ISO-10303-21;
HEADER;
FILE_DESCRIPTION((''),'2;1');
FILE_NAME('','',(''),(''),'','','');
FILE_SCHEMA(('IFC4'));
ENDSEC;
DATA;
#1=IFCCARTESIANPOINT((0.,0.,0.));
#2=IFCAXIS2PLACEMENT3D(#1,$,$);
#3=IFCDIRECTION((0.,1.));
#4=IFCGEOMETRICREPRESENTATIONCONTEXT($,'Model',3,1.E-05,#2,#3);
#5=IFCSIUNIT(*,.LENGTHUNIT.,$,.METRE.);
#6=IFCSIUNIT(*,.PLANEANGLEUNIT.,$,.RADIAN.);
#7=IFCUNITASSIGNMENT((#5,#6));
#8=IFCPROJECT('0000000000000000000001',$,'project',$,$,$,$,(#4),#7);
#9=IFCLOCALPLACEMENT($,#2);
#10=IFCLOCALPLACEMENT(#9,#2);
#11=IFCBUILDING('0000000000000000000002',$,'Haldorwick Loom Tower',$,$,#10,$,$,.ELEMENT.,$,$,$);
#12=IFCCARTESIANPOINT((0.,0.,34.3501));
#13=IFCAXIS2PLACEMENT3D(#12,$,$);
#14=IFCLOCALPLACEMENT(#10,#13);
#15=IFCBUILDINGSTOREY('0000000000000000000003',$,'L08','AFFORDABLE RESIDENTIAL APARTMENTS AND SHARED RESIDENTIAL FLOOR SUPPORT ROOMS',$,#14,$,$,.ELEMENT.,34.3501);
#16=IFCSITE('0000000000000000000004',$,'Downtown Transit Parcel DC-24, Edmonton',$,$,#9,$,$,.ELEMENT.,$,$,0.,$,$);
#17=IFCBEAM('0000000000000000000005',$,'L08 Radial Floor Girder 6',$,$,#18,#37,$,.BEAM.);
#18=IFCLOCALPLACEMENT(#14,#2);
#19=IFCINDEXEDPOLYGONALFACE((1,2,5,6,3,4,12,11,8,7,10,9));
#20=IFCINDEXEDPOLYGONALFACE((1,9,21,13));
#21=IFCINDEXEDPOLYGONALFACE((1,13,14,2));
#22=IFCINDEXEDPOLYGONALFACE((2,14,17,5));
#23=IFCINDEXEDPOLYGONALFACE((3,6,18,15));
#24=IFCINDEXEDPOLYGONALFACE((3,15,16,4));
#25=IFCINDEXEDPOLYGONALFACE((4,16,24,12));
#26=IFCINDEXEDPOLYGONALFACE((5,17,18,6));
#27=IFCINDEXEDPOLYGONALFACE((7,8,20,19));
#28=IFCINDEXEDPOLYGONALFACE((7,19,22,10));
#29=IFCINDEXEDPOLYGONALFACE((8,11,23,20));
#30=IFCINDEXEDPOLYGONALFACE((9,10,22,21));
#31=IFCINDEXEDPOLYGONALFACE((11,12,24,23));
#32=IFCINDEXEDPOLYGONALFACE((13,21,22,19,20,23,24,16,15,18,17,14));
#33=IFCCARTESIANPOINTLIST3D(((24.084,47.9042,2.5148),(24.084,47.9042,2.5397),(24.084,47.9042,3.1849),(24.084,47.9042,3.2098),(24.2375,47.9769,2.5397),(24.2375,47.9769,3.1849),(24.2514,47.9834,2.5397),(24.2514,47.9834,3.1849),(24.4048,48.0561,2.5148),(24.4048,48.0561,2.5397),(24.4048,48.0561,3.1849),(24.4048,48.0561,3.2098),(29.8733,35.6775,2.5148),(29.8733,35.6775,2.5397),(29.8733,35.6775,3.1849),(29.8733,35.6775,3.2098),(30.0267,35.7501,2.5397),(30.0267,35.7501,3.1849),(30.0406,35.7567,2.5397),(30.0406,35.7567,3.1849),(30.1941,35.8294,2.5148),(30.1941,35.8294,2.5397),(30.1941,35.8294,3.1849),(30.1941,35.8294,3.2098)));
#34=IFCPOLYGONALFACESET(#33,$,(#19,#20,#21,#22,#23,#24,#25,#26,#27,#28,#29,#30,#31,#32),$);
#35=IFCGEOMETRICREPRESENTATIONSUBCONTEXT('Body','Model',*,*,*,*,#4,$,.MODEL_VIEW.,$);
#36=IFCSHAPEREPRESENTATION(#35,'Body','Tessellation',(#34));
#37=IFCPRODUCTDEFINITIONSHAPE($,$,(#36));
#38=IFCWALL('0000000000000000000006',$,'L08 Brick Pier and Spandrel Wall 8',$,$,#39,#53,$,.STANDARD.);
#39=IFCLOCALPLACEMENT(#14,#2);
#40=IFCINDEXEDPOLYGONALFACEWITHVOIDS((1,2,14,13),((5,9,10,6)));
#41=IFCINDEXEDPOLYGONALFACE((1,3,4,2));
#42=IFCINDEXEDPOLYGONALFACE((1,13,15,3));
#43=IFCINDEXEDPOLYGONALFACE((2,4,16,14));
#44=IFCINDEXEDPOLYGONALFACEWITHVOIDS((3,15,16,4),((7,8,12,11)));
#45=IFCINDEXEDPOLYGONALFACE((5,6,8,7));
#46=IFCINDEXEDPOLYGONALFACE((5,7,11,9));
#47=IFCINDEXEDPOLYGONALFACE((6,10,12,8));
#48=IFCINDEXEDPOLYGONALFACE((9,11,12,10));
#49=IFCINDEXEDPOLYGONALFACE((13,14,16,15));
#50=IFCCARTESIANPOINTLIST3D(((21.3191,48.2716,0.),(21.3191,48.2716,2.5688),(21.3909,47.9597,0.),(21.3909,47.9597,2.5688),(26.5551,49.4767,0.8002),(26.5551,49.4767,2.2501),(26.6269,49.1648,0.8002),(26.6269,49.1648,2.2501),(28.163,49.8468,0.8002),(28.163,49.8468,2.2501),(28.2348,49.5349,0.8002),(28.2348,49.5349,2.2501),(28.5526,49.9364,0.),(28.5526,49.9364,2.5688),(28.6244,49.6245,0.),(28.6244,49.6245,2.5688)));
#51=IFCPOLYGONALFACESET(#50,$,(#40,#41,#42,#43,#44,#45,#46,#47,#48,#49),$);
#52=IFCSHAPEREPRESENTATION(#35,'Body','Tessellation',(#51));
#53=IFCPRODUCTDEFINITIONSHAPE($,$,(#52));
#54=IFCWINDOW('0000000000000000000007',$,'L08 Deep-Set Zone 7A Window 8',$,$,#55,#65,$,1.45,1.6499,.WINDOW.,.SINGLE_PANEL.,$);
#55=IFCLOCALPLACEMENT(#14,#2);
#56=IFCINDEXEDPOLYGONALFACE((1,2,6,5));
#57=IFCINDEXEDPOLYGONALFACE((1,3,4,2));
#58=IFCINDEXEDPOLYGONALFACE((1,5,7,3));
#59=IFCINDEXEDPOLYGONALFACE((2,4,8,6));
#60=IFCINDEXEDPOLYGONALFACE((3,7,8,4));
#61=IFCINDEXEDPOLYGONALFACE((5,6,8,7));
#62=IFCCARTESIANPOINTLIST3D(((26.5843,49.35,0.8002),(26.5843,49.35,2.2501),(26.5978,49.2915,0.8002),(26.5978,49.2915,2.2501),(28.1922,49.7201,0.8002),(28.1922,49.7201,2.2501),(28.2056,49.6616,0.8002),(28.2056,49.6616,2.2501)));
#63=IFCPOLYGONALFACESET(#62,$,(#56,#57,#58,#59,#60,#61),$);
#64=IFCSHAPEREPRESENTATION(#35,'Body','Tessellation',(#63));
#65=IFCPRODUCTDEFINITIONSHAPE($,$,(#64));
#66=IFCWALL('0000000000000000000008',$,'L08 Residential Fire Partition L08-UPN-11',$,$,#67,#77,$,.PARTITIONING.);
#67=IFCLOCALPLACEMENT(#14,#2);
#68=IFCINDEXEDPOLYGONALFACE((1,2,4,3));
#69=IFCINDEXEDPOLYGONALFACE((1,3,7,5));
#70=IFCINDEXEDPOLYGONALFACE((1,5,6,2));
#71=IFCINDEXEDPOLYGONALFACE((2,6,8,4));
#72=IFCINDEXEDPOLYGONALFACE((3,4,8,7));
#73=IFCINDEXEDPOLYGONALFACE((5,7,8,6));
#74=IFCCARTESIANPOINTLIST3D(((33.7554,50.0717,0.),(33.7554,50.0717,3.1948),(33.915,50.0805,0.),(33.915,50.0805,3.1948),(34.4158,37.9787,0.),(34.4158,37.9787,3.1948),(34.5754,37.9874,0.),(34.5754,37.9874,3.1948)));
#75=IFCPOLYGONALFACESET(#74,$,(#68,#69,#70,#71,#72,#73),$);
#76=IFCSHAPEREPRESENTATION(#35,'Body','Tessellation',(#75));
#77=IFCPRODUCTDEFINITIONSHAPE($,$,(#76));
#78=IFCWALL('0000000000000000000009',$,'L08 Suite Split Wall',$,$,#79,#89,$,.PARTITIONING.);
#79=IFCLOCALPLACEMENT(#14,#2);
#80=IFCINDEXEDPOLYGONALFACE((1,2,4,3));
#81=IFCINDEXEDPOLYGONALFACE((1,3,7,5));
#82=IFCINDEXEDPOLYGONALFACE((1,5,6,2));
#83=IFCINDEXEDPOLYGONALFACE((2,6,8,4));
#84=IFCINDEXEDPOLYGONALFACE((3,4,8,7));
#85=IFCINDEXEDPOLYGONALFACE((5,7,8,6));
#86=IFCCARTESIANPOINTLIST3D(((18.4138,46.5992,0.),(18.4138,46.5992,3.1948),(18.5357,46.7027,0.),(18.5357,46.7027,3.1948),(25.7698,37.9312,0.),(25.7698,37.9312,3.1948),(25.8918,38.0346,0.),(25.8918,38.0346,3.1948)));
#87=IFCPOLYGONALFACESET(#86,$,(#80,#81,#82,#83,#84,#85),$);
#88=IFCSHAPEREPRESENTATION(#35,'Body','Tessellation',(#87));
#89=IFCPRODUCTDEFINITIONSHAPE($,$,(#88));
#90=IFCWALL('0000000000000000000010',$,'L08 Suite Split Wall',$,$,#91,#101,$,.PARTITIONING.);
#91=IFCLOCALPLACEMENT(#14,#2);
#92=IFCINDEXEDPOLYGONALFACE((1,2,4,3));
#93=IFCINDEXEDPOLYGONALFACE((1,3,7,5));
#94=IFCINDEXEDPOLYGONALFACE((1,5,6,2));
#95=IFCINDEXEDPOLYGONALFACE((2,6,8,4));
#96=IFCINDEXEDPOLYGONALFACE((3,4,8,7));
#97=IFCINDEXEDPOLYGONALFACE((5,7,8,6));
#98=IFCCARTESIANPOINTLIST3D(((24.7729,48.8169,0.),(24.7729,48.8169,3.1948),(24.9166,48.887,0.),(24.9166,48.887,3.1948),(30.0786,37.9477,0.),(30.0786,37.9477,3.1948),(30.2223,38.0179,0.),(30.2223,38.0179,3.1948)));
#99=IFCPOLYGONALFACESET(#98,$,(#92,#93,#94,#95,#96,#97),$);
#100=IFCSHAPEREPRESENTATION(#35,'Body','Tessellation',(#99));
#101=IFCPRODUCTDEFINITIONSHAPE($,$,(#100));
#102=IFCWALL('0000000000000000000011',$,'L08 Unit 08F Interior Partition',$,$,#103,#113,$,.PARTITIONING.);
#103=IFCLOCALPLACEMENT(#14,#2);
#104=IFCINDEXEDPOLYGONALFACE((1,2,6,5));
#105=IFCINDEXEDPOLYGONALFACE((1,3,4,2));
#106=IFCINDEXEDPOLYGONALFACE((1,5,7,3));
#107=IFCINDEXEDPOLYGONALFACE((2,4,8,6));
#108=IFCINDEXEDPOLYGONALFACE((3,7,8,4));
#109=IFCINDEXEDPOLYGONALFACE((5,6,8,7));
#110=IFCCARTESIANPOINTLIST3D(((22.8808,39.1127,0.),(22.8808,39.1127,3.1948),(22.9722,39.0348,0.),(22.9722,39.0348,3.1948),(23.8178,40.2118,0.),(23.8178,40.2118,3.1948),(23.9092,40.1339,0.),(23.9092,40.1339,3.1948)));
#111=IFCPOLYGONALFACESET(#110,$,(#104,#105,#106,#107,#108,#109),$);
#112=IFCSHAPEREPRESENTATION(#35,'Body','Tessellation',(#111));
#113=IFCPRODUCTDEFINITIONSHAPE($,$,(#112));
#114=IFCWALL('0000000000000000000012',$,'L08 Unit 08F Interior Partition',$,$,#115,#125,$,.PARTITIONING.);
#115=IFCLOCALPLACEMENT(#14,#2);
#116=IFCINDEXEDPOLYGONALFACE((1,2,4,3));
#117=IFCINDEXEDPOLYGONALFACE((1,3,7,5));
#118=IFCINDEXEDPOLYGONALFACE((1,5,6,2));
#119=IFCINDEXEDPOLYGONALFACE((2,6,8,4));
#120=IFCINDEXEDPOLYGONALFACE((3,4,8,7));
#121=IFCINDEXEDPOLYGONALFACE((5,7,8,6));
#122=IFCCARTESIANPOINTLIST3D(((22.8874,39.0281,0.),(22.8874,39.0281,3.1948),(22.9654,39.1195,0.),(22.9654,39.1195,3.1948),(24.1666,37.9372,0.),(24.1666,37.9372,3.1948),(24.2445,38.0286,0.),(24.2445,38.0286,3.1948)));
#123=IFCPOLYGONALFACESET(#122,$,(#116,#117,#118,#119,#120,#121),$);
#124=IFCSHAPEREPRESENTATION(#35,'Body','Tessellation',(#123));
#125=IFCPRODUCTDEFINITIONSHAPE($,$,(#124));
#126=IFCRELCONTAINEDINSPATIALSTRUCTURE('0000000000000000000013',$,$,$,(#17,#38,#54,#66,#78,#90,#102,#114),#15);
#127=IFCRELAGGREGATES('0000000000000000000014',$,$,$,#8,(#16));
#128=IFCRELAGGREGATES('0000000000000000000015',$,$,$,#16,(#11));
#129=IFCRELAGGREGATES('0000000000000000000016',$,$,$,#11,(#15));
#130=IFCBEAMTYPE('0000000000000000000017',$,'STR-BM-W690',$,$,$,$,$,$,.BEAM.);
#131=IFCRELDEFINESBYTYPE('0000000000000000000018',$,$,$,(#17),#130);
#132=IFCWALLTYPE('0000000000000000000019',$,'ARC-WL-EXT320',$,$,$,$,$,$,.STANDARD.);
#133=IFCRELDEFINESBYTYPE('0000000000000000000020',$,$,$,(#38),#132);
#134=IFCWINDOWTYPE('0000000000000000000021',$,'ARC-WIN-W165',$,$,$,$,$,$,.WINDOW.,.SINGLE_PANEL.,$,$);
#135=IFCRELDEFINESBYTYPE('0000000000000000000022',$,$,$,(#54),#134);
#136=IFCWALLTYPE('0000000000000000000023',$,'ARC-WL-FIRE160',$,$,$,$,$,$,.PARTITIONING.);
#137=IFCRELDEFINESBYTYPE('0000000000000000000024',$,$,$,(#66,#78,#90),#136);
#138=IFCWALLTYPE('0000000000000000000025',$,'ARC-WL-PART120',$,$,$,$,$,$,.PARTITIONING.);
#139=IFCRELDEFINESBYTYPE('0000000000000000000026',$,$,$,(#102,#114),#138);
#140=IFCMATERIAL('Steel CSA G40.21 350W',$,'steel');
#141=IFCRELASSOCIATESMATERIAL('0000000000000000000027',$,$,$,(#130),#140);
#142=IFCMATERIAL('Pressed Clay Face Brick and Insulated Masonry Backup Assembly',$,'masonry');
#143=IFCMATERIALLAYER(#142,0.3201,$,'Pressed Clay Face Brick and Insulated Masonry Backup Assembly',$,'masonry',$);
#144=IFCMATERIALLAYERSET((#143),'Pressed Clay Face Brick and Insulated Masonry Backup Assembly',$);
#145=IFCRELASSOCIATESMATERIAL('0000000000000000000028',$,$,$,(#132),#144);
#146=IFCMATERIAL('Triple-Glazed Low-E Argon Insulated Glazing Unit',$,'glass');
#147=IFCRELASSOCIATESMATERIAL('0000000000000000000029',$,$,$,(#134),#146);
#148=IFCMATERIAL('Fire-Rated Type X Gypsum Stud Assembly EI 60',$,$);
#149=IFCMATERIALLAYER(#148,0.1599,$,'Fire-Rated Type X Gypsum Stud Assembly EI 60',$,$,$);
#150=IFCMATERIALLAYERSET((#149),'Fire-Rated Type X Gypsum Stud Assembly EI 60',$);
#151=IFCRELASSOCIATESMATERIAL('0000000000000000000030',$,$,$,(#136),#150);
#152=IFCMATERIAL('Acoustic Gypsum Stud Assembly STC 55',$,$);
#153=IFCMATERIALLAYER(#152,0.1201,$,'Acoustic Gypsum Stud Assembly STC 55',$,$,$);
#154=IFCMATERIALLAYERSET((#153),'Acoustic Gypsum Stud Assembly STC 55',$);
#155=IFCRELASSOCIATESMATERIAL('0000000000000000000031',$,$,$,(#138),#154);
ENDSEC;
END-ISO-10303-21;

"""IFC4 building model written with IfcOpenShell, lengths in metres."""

from ifc_helpers import new_model, si_unit, direction, frame, frame_2d, origin, origin_2d, place, context, subcontext, project, spatial, rectangle, i_section, extrude, material, layer, layer_set, material_profile, profile_set, type_object, element, fill, save


model = new_model("IFC4")

# Units and contexts
model_context = context("Model", 3, precision=1e-05, world=origin(), true_north=direction((0.0, 1.0)))
body_context = subcontext(model_context, "Body", "Model", "MODEL_VIEW")
ifc_project = project(units=[si_unit("LENGTHUNIT", "METRE"), si_unit("PLANEANGLEUNIT", "RADIAN")], contexts=[model_context])

# Site, building, storey
site_placement = place(None, origin())
site = spatial("IfcSite", under=ifc_project, at=site_placement, Name="Downtown Transit Parcel DC-24, Edmonton", CompositionType="ELEMENT", RefElevation=0.0)
building_placement = place(site_placement, origin())
building = spatial("IfcBuilding", under=site, at=building_placement, Name="Haldorwick Loom Tower", CompositionType="ELEMENT")
storey_placement = place(building_placement, frame((0.0, 0.0, 34.3501)))
storey = spatial("IfcBuildingStorey", under=building, at=storey_placement, Name="L08", Description="AFFORDABLE RESIDENTIAL APARTMENTS AND SHARED RESIDENTIAL FLOOR SUPPORT ROOMS", CompositionType="ELEMENT", Elevation=34.3501)

# Beam
ifc_material_1 = material(Name="Steel CSA G40.21 350W", Category="steel")
ifc_material_profile_1 = material_profile(ifc_material_1, i_section(OverallWidth=0.355, OverallDepth=0.6951, WebThickness=0.0154, FlangeThickness=0.0249, at=origin_2d()), Name="W690X217", Category="steel")
ifc_profile_set_1 = profile_set([ifc_material_profile_1], Name="Steel CSA G40.21 350W")
beam_type_1 = type_object("IfcBeamType", Name="STR-BM-W690", PredefinedType="BEAM", material=ifc_profile_set_1)
beam_1_placement = place(storey_placement, frame((30.0337, 35.7534, 2.8623), z_axis=(-0.427945, 0.903805, 0.0), x_axis=(-0.903805, -0.427945, 0.0)))
element("IfcBeam", 1, at=beam_1_placement, inside=storey, type_object=beam_type_1, Name="L08 Radial Floor Girder 6", PredefinedType="BEAM", context=body_context, shape_type="SweptSolid", body=[
    extrude(i_section(OverallWidth=0.355, OverallDepth=0.6951, WebThickness=0.0154, FlangeThickness=0.0249, at=origin_2d()), origin(), (0.0, 0.0, 1.0), 13.5281),
])

# Wall, opening, window
ifc_material_2 = material(Name="Pressed Clay Face Brick and Insulated Masonry Backup Assembly", Category="masonry")
ifc_layer_1 = layer(ifc_material_2, 0.3201, Name="Pressed Clay Face Brick and Insulated Masonry Backup Assembly", Category="masonry")
ifc_layer_set_1 = layer_set([ifc_layer_1], Name="Pressed Clay Face Brick and Insulated Masonry Backup Assembly")
wall_type_1 = type_object("IfcWallType", Name="ARC-WL-EXT320", PredefinedType="STANDARD", material=ifc_layer_set_1)
wall_1_placement = place(storey_placement, frame((28.5886, 49.7805, 0.0), z_axis=(0.0, 0.0, 1.0), x_axis=(-0.974522, -0.22429, 0.0)))
wall_1 = element("IfcWall", 2, at=wall_1_placement, inside=storey, type_object=wall_type_1, Name="L08 Brick Pier and Spandrel Wall 8", PredefinedType="STANDARD", context=body_context, shape_type="SweptSolid", body=[
    extrude(rectangle(XDim=7.4226, YDim=0.3201, at=frame_2d((3.7114, 0.0))), origin(), (0.0, 0.0, 1.0), 2.5688),
])
opening_placement = place(wall_1_placement, frame((0.3999, 0.0, 0.8)))
opening = element("IfcOpeningElement", 3, at=opening_placement, cuts=wall_1, PredefinedType="OPENING", context=body_context, shape_type="SweptSolid", body=[
    extrude(rectangle(XDim=1.6499, YDim=1.45, at=frame_2d((0.825, 0.7251))), frame((0.0, 0.1699, 0.0), z_axis=(0.0, -1.0, 0.0), x_axis=(1.0, 0.0, 0.0)), (0.0, 0.0, 1.0), 0.3401),
])
ifc_material_3 = material(Name="Triple-Glazed Low-E Argon Insulated Glazing Unit", Category="glass")
window_type = type_object("IfcWindowType", Name="ARC-WIN-W165", PartitioningType="SINGLE_PANEL", PredefinedType="WINDOW", material=ifc_material_3)
window_placement = place(opening_placement, origin())
window = element("IfcWindow", 4, at=window_placement, inside=storey, type_object=window_type, Name="L08 Deep-Set Zone 7A Window 8", OverallHeight=1.45, OverallWidth=1.6499, PartitioningType="SINGLE_PANEL", PredefinedType="WINDOW", context=body_context, shape_type="SweptSolid", body=[
    extrude(rectangle(XDim=1.6499, YDim=1.45, at=frame_2d((0.825, 0.7251))), frame((0.0, 0.03, 0.0), z_axis=(0.0, -1.0, 0.0), x_axis=(1.0, 0.0, 0.0)), (0.0, 0.0, 1.0), 0.0601),
])
fill(opening, window)

# Walls
ifc_material_4 = material(Name="Fire-Rated Type X Gypsum Stud Assembly EI 60")
ifc_layer_2 = layer(ifc_material_4, 0.1599, Name="Fire-Rated Type X Gypsum Stud Assembly EI 60")
ifc_layer_set_2 = layer_set([ifc_layer_2], Name="Fire-Rated Type X Gypsum Stud Assembly EI 60")
wall_type_2 = type_object("IfcWallType", Name="ARC-WL-FIRE160", PredefinedType="PARTITIONING", material=ifc_layer_set_2)
wall_2_placement = place(storey_placement, frame((34.4956, 37.9829, 0.0), z_axis=(0.0, 0.0, 1.0), x_axis=(-0.054529, 0.998512, 0.0)))
element("IfcWall", 5, at=wall_2_placement, inside=storey, type_object=wall_type_2, Name="L08 Residential Fire Partition L08-UPN-11", PredefinedType="PARTITIONING", context=body_context, shape_type="SweptSolid", body=[
    extrude(rectangle(XDim=12.1111, YDim=0.1599, at=frame_2d((6.0557, 0.0))), origin(), (0.0, 0.0, 1.0), 3.1948),
])
wall_3_placement = place(storey_placement, frame((25.8308, 37.9829, 0.0), z_axis=(0.0, 0.0, 1.0), x_axis=(-0.647045, 0.762452, 0.0)))
element("IfcWall", 6, at=wall_3_placement, inside=storey, type_object=wall_type_2, Name="L08 Suite Split Wall", PredefinedType="PARTITIONING", context=body_context, shape_type="SweptSolid", body=[
    extrude(rectangle(XDim=11.3687, YDim=0.1599, at=frame_2d((5.6843, 0.0))), origin(), (0.0, 0.0, 1.0), 3.1948),
])
wall_4_placement = place(storey_placement, frame((30.1504, 37.9829, 0.0), z_axis=(0.0, 0.0, 1.0), x_axis=(-0.438667, 0.89865, 0.0)))
element("IfcWall", 7, at=wall_4_placement, inside=storey, type_object=wall_type_2, Name="L08 Suite Split Wall", PredefinedType="PARTITIONING", context=body_context, shape_type="SweptSolid", body=[
    extrude(rectangle(XDim=12.095, YDim=0.1599, at=frame_2d((6.0474, 0.0))), origin(), (0.0, 0.0, 1.0), 3.1948),
])
ifc_material_5 = material(Name="Acoustic Gypsum Stud Assembly STC 55")
ifc_layer_3 = layer(ifc_material_5, 0.1201, Name="Acoustic Gypsum Stud Assembly STC 55")
ifc_layer_set_3 = layer_set([ifc_layer_3], Name="Acoustic Gypsum Stud Assembly STC 55")
wall_type_3 = type_object("IfcWallType", Name="ARC-WL-PART120", PredefinedType="PARTITIONING", material=ifc_layer_set_3)
wall_5_placement = place(storey_placement, frame((23.8635, 40.1729, 0.0), z_axis=(0.0, 0.0, 1.0), x_axis=(-0.648757, -0.760996, 0.0)))
element("IfcWall", 8, at=wall_5_placement, inside=storey, type_object=wall_type_3, Name="L08 Unit 08F Interior Partition", PredefinedType="PARTITIONING", context=body_context, shape_type="SweptSolid", body=[
    extrude(rectangle(XDim=1.4443, YDim=0.1201, at=frame_2d((0.7222, 0.0))), origin(), (0.0, 0.0, 1.0), 3.1948),
])
wall_6_placement = place(storey_placement, frame((24.2056, 37.9829, 0.0), z_axis=(0.0, 0.0, 1.0), x_axis=(-0.760874, 0.6489, 0.0)))
element("IfcWall", 9, at=wall_6_placement, inside=storey, type_object=wall_type_3, Name="L08 Unit 08F Interior Partition", PredefinedType="PARTITIONING", context=body_context, shape_type="SweptSolid", body=[
    extrude(rectangle(XDim=1.6812, YDim=0.1201, at=frame_2d((0.8406, 0.0))), origin(), (0.0, 0.0, 1.0), 3.1948),
])

save(model, "model.ifc")
